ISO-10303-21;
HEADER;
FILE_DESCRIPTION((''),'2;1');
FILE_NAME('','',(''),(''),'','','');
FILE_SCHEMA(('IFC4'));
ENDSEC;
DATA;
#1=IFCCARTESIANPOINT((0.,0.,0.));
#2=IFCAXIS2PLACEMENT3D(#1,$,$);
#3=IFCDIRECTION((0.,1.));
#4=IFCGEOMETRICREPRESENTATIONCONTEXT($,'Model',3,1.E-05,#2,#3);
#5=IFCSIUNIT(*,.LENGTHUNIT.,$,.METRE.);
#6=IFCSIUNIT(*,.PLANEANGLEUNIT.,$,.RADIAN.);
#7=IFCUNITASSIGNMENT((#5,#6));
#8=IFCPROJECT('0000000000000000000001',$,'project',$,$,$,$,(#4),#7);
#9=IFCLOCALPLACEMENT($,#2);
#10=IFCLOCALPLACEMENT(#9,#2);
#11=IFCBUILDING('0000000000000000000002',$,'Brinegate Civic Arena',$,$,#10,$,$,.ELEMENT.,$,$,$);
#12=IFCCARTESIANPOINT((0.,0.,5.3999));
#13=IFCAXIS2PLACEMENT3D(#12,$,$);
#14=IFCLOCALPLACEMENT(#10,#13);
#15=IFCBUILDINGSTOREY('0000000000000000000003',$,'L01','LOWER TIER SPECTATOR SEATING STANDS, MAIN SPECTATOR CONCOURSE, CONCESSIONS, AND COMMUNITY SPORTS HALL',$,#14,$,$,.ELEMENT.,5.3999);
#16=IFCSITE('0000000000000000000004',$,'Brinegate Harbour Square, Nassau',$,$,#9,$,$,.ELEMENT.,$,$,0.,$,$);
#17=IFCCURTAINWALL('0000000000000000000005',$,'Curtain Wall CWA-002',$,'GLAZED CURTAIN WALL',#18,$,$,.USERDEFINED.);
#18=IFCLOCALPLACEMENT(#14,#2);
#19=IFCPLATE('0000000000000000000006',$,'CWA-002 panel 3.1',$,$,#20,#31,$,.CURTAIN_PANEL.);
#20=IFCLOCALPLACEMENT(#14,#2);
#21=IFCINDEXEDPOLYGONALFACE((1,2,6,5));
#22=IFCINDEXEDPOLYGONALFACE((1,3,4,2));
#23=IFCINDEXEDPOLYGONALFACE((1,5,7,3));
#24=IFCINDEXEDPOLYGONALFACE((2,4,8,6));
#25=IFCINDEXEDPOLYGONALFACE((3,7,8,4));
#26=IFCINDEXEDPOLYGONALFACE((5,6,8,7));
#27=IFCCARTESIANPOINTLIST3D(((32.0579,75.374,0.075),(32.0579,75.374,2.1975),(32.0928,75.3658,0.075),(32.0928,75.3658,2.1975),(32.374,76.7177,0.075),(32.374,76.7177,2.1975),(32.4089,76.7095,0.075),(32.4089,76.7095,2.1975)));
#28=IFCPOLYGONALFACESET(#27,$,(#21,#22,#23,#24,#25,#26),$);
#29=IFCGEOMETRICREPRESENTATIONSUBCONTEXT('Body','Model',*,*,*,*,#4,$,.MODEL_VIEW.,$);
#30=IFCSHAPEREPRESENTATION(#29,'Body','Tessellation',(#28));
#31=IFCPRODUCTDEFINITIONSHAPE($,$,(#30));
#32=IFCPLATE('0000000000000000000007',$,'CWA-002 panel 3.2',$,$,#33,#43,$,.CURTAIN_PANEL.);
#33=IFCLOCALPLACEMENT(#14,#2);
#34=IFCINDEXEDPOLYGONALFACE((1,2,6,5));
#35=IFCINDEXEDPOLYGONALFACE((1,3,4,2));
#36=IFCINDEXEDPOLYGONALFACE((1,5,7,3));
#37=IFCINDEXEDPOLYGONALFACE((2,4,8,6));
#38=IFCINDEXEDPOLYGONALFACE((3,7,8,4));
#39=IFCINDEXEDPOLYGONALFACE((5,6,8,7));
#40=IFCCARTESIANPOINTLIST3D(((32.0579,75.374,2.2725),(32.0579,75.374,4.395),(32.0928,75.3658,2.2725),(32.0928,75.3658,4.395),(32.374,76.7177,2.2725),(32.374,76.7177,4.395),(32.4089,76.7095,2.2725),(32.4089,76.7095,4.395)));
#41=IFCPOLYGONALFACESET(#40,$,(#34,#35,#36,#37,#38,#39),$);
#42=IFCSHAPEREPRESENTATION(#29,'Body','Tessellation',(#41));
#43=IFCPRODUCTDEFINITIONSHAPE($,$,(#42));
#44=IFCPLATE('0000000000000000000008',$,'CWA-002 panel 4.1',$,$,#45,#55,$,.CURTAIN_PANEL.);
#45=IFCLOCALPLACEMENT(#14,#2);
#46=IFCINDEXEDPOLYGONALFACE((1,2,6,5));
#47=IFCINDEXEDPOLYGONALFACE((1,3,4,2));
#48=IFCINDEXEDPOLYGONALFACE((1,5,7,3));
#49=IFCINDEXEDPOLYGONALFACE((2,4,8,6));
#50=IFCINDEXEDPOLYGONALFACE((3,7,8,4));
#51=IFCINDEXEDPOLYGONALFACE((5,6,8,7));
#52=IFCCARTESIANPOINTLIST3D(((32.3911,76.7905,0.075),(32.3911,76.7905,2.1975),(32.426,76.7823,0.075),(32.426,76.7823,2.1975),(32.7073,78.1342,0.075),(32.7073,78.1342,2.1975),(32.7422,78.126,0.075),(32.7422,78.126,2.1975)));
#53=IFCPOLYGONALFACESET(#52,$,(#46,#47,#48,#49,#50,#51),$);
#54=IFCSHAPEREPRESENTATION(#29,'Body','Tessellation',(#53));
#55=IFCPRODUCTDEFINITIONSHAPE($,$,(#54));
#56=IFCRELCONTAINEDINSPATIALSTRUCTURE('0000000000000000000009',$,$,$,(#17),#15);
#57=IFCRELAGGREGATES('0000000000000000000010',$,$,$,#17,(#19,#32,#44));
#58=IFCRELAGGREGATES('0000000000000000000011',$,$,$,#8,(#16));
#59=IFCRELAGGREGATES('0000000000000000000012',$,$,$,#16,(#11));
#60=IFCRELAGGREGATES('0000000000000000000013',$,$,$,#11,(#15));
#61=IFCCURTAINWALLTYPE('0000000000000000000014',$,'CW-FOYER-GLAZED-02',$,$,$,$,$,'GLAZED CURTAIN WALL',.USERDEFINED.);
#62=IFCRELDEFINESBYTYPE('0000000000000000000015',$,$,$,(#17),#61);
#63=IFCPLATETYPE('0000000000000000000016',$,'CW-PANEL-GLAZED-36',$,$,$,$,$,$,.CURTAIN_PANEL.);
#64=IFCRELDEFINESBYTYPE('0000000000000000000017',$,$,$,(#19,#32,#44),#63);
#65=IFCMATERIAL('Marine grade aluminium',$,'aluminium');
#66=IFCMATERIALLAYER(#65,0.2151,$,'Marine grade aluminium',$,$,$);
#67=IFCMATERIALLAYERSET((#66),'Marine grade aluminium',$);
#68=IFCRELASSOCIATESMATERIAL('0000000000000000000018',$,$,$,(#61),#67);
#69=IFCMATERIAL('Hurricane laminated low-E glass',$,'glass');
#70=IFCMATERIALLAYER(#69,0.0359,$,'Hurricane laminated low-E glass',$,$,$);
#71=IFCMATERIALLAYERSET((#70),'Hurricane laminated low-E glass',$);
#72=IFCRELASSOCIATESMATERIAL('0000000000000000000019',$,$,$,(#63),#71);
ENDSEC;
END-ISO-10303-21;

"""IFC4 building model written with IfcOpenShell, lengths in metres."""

from ifc_helpers import new_model, si_unit, direction, frame, origin, origin_2d, place, context, subcontext, project, spatial, rectangle, extrude, material, layer, layer_set, type_object, element, aggregate, save


model = new_model("IFC4")

# Units and contexts
model_context = context("Model", 3, precision=1e-05, world=origin(), true_north=direction((0.0, 1.0)))
body_context = subcontext(model_context, "Body", "Model", "MODEL_VIEW")
ifc_project = project(units=[si_unit("LENGTHUNIT", "METRE"), si_unit("PLANEANGLEUNIT", "RADIAN")], contexts=[model_context])

# Site, building, storey
site_placement = place(None, origin())
site = spatial("IfcSite", under=ifc_project, at=site_placement, Name="Brinegate Harbour Square, Nassau", CompositionType="ELEMENT", RefElevation=0.0)
building_placement = place(site_placement, origin())
building = spatial("IfcBuilding", under=site, at=building_placement, Name="Brinegate Civic Arena", CompositionType="ELEMENT")
storey_placement = place(building_placement, frame((0.0, 0.0, 5.3999)))
storey = spatial("IfcBuildingStorey", under=building, at=storey_placement, Name="L01", Description="LOWER TIER SPECTATOR SEATING STANDS, MAIN SPECTATOR CONCOURSE, CONCESSIONS, AND COMMUNITY SPORTS HALL", CompositionType="ELEMENT", Elevation=5.3999)

# Curtain wall, plates
ifc_material_1 = material(Name="Marine grade aluminium", Category="aluminium")
ifc_layer_1 = layer(ifc_material_1, 0.2151, Name="Marine grade aluminium")
ifc_layer_set_1 = layer_set([ifc_layer_1], Name="Marine grade aluminium")
curtain_wall_type = type_object("IfcCurtainWallType", Name="CW-FOYER-GLAZED-02", ElementType="GLAZED CURTAIN WALL", PredefinedType="USERDEFINED", material=ifc_layer_set_1)
curtain_wall_placement = place(storey_placement, origin())
curtain_wall = element("IfcCurtainWall", 1, at=curtain_wall_placement, inside=storey, type_object=curtain_wall_type, Name="Curtain Wall CWA-002", ObjectType="GLAZED CURTAIN WALL", PredefinedType="USERDEFINED")
ifc_material_2 = material(Name="Hurricane laminated low-E glass", Category="glass")
ifc_layer_2 = layer(ifc_material_2, 0.0359, Name="Hurricane laminated low-E glass")
ifc_layer_set_2 = layer_set([ifc_layer_2], Name="Hurricane laminated low-E glass")
plate_type = type_object("IfcPlateType", Name="CW-PANEL-GLAZED-36", PredefinedType="CURTAIN_PANEL", material=ifc_layer_set_2)
plate_1_placement = place(storey_placement, frame((32.2334, 76.0417, 0.075), z_axis=(0.0, 0.0, 1.0), x_axis=(0.229039, 0.973417, 0.0)))
plate_1 = element("IfcPlate", 2, at=plate_1_placement, type_object=plate_type, Name="CWA-002 panel 3.1", PredefinedType="CURTAIN_PANEL", context=body_context, shape_type="SweptSolid", body=[
    extrude(rectangle(XDim=1.3804, YDim=0.0359, at=origin_2d()), origin(), (0.0, 0.0, 1.0), 2.1226),
])
plate_2_placement = place(storey_placement, frame((32.2334, 76.0417, 2.2725), z_axis=(0.0, 0.0, 1.0), x_axis=(0.229039, 0.973417, 0.0)))
plate_2 = element("IfcPlate", 3, at=plate_2_placement, type_object=plate_type, Name="CWA-002 panel 3.2", PredefinedType="CURTAIN_PANEL", context=body_context, shape_type="SweptSolid", body=[
    extrude(rectangle(XDim=1.3804, YDim=0.0359, at=origin_2d()), origin(), (0.0, 0.0, 1.0), 2.1226),
])
plate_3_placement = place(storey_placement, frame((32.5667, 77.4583, 0.075), z_axis=(0.0, 0.0, 1.0), x_axis=(0.229039, 0.973417, 0.0)))
plate_3 = element("IfcPlate", 4, at=plate_3_placement, type_object=plate_type, Name="CWA-002 panel 4.1", PredefinedType="CURTAIN_PANEL", context=body_context, shape_type="SweptSolid", body=[
    extrude(rectangle(XDim=1.3804, YDim=0.0359, at=origin_2d()), origin(), (0.0, 0.0, 1.0), 2.1226),
])
aggregate(curtain_wall, [plate_1, plate_2, plate_3])

save(model, "model.ifc")
